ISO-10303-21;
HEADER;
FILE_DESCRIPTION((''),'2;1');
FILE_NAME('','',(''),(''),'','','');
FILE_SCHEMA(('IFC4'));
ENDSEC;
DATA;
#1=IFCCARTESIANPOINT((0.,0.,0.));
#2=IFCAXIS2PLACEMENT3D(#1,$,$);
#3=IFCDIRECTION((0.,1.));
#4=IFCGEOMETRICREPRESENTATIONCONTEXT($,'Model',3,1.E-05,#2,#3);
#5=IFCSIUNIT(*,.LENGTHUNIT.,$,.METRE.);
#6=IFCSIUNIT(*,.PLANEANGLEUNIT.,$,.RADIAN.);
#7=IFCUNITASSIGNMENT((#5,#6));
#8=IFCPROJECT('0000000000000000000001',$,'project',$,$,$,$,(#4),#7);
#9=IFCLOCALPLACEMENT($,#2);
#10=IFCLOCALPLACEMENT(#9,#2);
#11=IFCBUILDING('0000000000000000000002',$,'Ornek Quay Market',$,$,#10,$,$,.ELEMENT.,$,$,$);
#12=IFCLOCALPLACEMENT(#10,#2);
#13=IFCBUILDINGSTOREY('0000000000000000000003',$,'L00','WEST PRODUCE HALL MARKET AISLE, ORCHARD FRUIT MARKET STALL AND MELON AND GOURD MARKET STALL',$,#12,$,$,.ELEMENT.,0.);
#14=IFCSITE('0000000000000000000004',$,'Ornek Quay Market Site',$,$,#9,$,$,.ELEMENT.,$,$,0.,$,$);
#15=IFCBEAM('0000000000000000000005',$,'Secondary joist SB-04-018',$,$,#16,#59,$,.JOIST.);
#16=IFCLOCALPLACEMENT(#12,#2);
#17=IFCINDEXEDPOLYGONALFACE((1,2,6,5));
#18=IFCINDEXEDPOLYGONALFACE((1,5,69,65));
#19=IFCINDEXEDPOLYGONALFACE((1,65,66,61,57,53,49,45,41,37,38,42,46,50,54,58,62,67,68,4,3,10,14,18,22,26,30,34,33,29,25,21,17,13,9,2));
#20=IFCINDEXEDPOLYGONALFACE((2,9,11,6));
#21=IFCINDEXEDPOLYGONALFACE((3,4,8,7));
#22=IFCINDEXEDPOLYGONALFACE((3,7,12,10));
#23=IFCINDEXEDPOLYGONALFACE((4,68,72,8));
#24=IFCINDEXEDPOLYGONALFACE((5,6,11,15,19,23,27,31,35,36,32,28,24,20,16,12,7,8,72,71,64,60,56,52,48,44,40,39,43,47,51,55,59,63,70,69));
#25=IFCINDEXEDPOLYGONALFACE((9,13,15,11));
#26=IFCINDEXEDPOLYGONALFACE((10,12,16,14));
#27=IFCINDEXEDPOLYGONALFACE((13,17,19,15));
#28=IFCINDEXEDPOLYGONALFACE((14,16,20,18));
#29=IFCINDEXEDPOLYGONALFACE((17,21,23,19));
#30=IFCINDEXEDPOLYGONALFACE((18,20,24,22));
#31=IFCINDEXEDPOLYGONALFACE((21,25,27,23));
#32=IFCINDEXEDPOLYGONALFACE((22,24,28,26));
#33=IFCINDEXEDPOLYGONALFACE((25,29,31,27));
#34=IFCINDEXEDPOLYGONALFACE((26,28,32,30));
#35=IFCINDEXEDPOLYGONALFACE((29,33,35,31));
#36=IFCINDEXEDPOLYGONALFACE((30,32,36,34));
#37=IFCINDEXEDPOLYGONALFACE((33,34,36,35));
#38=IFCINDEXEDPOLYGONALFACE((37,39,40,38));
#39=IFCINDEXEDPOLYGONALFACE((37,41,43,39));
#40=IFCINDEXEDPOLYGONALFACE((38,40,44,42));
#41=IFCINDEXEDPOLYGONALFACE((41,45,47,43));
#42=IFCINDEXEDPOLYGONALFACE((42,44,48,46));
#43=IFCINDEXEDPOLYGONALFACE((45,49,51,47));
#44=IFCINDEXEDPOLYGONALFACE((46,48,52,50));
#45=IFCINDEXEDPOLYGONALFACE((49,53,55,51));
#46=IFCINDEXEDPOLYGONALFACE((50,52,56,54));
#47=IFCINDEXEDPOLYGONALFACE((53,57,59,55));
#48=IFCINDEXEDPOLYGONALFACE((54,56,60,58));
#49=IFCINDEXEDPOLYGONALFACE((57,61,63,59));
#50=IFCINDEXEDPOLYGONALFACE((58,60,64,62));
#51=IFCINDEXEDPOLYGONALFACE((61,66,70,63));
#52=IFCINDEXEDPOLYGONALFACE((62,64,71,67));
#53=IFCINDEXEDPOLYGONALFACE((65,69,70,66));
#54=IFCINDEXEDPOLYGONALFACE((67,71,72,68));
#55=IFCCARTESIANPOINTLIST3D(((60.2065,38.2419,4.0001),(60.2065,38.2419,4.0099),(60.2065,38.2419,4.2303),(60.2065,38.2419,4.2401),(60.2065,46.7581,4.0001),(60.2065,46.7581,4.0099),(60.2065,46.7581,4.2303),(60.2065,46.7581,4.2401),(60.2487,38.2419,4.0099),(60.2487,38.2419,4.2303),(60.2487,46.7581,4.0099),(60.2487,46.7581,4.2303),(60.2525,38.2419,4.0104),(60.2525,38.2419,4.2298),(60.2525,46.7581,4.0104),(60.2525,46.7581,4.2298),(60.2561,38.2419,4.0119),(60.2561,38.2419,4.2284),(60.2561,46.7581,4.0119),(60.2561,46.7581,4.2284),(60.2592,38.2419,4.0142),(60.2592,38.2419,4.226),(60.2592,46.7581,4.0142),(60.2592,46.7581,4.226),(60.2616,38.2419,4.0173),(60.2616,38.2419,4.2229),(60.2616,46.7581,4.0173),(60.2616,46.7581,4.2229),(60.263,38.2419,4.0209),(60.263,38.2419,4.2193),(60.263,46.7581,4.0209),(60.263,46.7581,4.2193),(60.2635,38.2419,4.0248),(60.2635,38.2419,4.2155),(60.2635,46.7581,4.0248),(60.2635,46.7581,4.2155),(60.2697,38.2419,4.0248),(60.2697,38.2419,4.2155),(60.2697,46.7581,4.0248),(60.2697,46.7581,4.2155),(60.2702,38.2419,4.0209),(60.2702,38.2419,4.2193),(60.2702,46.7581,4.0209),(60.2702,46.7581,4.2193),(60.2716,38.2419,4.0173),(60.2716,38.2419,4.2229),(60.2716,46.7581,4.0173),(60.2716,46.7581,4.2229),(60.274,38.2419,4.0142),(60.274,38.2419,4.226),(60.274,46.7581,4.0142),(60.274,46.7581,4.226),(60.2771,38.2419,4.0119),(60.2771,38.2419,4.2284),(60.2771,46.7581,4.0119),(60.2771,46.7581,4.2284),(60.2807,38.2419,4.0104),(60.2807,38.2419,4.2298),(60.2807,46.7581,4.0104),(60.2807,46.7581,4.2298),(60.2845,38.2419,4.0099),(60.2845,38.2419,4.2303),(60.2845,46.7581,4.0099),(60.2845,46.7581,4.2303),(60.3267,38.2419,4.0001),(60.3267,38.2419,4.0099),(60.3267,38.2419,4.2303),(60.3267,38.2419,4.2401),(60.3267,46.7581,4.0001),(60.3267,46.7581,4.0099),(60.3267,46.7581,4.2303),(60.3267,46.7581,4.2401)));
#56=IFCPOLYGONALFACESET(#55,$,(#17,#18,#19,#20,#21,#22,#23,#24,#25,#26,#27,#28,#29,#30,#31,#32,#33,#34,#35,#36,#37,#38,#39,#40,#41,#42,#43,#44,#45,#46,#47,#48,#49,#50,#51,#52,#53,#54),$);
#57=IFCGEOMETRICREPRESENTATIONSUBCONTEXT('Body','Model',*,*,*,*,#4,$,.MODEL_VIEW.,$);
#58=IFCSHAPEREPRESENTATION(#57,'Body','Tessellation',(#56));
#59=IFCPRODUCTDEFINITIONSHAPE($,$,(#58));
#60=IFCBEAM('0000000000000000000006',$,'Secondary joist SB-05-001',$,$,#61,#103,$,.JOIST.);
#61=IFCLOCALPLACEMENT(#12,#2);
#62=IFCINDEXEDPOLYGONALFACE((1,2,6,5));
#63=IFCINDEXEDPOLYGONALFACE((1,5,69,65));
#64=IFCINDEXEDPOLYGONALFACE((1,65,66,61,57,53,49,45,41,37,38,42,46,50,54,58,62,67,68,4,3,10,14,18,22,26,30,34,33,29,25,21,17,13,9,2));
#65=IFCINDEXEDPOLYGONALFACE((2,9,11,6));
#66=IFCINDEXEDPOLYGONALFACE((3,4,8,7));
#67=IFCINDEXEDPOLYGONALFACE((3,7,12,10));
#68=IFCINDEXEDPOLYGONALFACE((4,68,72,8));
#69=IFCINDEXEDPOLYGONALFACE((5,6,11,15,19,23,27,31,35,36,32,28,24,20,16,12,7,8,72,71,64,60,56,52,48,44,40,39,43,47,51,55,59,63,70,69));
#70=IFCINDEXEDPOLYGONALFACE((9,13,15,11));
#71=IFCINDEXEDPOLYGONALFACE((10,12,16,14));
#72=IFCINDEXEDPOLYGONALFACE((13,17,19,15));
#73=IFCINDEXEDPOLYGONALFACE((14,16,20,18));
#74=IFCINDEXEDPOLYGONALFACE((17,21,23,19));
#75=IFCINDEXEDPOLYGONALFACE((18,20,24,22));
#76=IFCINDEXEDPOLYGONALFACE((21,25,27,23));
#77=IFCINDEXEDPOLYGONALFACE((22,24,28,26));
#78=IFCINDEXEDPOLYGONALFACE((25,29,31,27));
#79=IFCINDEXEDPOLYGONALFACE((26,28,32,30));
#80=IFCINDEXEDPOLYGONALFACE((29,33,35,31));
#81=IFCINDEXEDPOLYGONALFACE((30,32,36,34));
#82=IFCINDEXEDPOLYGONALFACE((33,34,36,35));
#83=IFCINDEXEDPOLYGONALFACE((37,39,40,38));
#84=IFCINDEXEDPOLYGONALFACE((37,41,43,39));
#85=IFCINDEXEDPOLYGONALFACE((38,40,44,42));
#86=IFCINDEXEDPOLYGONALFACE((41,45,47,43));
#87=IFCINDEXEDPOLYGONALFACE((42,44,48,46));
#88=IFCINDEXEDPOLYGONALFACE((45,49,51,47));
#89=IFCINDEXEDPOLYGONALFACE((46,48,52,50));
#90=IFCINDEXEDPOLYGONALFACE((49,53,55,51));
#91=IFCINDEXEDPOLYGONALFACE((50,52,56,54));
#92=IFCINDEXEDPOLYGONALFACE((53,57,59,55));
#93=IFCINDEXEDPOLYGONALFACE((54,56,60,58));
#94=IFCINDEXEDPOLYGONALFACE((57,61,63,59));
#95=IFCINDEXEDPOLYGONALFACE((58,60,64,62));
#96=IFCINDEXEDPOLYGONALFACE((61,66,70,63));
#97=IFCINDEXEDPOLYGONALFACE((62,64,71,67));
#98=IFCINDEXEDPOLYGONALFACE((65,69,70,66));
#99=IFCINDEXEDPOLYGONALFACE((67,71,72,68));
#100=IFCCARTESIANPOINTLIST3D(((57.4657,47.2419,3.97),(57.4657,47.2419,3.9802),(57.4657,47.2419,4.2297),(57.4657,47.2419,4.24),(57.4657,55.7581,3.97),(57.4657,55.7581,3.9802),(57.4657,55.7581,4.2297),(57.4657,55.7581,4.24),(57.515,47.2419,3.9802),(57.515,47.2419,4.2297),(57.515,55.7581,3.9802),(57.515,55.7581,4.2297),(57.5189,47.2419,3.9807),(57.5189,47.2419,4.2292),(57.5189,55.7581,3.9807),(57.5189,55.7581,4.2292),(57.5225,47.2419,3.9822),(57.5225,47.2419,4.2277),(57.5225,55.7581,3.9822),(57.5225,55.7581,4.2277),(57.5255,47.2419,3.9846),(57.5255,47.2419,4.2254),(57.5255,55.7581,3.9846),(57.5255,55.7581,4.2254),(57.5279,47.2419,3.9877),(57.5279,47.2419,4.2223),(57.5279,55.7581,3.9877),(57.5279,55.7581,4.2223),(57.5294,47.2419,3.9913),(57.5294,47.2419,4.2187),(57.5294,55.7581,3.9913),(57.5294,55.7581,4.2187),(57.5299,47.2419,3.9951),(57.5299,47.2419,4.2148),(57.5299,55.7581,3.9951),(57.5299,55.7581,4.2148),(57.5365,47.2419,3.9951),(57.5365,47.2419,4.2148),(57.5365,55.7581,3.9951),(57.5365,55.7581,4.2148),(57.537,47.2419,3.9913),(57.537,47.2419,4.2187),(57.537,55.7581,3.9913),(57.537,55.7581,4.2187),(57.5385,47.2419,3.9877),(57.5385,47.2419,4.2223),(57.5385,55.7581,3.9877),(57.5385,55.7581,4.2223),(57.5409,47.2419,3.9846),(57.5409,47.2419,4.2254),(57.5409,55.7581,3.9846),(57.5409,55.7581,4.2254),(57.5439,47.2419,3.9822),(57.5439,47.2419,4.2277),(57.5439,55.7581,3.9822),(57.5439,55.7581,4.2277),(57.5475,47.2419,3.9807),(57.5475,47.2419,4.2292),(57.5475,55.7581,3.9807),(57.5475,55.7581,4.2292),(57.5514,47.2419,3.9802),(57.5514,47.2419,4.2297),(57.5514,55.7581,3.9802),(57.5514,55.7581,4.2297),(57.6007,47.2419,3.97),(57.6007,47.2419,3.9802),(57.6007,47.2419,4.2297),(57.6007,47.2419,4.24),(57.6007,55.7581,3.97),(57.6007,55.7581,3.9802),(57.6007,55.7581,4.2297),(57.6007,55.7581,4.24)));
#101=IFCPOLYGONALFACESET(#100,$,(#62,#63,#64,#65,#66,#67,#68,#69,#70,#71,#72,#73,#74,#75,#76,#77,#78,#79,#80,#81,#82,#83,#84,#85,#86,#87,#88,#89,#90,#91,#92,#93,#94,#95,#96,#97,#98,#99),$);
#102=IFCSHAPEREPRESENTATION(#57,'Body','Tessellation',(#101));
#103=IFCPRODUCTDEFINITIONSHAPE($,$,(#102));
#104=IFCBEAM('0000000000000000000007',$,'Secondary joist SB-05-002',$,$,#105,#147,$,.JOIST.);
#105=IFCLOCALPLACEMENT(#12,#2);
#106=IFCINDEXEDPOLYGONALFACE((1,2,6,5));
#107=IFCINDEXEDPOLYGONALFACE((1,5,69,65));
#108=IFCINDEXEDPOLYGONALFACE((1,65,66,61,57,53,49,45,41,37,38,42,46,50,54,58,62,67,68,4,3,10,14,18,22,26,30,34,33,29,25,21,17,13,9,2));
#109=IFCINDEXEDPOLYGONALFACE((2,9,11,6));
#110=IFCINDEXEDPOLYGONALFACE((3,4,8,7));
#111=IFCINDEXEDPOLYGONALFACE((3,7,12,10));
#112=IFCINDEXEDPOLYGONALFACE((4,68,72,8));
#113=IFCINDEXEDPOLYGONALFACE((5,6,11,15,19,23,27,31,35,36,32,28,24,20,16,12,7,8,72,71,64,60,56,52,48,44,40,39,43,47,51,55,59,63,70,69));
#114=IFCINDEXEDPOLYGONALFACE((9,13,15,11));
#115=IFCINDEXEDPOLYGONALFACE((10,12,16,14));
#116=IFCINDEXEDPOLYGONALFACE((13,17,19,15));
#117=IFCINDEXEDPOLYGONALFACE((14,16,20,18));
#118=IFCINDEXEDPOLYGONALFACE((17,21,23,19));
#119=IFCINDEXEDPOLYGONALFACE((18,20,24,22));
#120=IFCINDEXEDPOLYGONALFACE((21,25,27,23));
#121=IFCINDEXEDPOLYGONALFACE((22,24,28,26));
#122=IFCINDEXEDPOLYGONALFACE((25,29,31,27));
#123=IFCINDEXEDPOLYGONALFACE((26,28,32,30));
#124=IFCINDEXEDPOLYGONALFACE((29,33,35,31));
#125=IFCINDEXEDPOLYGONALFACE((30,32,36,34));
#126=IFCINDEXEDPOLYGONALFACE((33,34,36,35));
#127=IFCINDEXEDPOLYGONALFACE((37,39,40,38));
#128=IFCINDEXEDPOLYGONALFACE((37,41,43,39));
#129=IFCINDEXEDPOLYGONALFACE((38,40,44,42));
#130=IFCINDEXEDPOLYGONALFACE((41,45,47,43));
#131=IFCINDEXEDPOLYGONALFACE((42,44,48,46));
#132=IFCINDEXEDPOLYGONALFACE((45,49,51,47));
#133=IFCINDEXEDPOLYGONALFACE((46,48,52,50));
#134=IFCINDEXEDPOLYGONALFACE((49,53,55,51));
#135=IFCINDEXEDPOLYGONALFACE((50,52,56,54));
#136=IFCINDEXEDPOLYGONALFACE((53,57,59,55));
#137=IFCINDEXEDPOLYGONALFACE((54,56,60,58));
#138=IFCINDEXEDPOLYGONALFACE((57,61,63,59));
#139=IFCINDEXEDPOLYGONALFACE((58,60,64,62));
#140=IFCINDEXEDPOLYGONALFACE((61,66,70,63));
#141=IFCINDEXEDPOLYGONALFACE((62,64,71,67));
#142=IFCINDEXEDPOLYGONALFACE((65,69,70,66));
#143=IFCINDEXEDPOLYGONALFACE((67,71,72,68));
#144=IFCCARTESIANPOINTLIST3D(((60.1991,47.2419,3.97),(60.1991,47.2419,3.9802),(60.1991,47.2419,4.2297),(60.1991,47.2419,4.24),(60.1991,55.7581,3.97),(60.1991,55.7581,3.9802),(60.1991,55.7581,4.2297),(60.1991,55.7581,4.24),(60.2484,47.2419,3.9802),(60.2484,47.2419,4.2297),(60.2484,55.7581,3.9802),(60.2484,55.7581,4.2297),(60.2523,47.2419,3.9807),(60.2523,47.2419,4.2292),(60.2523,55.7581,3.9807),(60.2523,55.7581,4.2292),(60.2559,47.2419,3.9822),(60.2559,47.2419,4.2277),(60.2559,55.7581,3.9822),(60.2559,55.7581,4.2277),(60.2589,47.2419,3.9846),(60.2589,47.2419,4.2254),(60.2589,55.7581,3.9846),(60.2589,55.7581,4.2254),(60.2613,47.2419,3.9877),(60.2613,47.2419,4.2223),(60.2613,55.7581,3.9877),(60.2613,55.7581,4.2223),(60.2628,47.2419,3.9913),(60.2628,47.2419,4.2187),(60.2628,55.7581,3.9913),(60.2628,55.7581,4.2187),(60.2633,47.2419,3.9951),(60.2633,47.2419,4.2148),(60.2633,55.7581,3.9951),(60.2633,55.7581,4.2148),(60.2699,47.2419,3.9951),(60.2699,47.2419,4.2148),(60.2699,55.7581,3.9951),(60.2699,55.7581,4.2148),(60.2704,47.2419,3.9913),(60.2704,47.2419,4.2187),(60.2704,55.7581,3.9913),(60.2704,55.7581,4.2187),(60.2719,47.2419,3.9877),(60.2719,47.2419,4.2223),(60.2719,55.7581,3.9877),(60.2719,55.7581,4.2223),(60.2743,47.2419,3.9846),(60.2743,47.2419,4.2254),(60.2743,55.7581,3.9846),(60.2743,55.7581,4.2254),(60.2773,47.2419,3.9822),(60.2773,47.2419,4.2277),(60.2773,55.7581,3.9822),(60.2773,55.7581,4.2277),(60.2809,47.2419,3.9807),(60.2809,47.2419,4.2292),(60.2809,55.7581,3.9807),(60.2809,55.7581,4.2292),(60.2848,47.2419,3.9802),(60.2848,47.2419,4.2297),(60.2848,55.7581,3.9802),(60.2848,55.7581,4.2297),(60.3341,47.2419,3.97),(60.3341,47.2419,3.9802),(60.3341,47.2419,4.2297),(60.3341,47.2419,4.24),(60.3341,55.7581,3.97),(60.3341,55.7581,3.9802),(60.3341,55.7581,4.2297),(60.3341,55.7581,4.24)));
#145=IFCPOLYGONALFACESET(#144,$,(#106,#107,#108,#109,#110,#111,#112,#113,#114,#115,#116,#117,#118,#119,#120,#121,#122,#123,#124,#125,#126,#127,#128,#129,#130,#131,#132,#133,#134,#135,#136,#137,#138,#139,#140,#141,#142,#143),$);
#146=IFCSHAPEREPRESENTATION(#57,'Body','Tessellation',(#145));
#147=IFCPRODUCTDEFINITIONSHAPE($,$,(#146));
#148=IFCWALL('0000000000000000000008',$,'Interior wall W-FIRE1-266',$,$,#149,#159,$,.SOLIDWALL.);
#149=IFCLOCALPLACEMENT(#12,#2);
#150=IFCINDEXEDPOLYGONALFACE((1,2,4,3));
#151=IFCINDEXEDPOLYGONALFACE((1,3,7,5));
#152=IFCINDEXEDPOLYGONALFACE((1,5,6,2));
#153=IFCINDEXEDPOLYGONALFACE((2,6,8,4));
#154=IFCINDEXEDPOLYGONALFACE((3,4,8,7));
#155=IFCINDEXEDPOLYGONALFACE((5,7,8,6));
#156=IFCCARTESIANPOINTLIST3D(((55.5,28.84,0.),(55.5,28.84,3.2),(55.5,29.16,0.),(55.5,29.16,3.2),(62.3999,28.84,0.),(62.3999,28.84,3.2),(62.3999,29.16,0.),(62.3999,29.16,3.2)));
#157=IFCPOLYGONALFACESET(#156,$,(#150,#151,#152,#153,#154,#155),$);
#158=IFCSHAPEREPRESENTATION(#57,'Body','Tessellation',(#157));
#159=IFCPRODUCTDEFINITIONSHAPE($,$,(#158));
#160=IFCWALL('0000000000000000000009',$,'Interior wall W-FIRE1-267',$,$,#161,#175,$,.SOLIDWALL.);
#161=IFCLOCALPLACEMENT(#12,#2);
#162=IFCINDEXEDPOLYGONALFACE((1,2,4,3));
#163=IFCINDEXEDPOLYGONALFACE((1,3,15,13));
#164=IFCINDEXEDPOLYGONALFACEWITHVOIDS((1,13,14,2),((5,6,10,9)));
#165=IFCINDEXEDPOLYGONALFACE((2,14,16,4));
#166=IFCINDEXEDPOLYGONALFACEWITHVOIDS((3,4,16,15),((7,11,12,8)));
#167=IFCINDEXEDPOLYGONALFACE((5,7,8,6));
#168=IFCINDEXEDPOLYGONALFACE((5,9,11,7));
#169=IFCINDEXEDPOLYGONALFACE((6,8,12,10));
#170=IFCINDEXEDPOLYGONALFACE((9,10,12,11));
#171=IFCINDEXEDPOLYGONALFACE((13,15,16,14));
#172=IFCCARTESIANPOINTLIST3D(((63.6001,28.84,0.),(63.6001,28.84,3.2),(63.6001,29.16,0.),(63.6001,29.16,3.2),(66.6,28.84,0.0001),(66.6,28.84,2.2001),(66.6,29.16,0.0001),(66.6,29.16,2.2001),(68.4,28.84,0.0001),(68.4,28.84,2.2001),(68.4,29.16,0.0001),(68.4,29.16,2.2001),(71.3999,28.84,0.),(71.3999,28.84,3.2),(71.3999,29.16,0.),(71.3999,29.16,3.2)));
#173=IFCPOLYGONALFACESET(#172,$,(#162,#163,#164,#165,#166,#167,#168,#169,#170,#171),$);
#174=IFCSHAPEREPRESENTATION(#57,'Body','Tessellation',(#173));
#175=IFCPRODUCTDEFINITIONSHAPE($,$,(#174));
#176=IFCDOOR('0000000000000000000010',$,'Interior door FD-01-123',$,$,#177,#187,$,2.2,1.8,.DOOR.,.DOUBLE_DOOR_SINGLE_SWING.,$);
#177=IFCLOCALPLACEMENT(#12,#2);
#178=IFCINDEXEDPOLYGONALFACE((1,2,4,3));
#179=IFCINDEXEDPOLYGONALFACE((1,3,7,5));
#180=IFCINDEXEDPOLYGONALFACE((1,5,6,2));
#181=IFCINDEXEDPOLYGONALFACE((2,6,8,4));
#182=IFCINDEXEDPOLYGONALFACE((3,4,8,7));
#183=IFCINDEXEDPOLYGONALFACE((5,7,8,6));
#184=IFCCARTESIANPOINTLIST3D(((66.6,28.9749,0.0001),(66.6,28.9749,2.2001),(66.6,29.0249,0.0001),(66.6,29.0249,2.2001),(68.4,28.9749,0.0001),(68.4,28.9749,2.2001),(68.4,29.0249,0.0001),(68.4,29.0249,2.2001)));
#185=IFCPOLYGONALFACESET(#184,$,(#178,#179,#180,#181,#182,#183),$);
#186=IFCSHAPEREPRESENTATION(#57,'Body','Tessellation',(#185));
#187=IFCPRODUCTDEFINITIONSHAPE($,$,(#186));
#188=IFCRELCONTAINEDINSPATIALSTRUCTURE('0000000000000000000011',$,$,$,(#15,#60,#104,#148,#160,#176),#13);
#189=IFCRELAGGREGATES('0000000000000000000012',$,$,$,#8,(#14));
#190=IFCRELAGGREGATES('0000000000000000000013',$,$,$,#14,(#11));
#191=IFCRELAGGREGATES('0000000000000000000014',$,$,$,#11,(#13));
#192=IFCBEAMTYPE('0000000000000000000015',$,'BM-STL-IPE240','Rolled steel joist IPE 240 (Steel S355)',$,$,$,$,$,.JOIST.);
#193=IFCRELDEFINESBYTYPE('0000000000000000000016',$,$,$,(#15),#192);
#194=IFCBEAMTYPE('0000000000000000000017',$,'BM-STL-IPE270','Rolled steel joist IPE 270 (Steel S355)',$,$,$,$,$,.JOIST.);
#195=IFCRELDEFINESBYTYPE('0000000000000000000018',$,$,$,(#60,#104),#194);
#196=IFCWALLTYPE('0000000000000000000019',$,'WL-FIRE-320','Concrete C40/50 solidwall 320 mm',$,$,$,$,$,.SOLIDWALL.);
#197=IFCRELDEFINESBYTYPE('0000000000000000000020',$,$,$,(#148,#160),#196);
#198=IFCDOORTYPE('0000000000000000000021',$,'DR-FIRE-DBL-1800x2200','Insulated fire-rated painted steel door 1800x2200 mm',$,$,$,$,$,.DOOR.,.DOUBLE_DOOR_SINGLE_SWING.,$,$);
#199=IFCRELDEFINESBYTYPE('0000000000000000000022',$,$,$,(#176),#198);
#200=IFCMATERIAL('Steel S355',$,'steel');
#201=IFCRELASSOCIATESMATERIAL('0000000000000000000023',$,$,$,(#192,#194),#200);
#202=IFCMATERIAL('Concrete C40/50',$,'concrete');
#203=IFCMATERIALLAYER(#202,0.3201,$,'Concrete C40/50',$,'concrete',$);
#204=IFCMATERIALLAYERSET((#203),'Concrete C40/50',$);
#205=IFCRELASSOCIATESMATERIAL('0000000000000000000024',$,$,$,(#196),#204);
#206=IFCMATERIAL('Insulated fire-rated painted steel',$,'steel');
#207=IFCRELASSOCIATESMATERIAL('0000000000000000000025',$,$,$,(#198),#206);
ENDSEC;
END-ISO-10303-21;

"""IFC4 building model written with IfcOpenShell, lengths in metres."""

from ifc_helpers import new_model, si_unit, direction, frame, frame_2d, origin, origin_2d, place, context, subcontext, project, spatial, rectangle, i_section, extrude, material, layer, layer_set, material_profile, profile_set, type_object, element, fill, save


model = new_model("IFC4")

# Units and contexts
model_context = context("Model", 3, precision=1e-05, world=origin(), true_north=direction((0.0, 1.0)))
body_context = subcontext(model_context, "Body", "Model", "MODEL_VIEW")
ifc_project = project(units=[si_unit("LENGTHUNIT", "METRE"), si_unit("PLANEANGLEUNIT", "RADIAN")], contexts=[model_context])

# Site, building, storey
site_placement = place(None, origin())
site = spatial("IfcSite", under=ifc_project, at=site_placement, Name="Ornek Quay Market Site", CompositionType="ELEMENT", RefElevation=0.0)
building_placement = place(site_placement, origin())
building = spatial("IfcBuilding", under=site, at=building_placement, Name="Ornek Quay Market", CompositionType="ELEMENT")
storey_placement = place(building_placement, origin())
storey = spatial("IfcBuildingStorey", under=building, at=storey_placement, Name="L00", Description="WEST PRODUCE HALL MARKET AISLE, ORCHARD FRUIT MARKET STALL AND MELON AND GOURD MARKET STALL", CompositionType="ELEMENT", Elevation=0.0)

# Beams
ifc_material_1 = material(Name="Concrete C40/50", Category="concrete")
ifc_material_2 = material(Name="Steel S355", Category="steel")
ifc_material_profile_1 = material_profile(ifc_material_2, i_section(OverallWidth=0.1201, OverallDepth=0.24, WebThickness=0.0061, FlangeThickness=0.0098, FilletRadius=0.0149, at=origin_2d()), Name="IPE 240", Category="steel")
ifc_profile_set_1 = profile_set([ifc_material_profile_1], Name="Steel S355")
beam_type_1 = type_object("IfcBeamType", Name="BM-STL-IPE240", Description="Rolled steel joist IPE 240 (Steel S355)", PredefinedType="JOIST", material=ifc_profile_set_1)
for number, where, z_axis, x_axis, name in (
    (1, (60.2666, 38.2419, 4.1201), (0.0, 1.0, 0.0), (-1.0, 0.0, 0.0), "Secondary joist SB-04-018"),
):
    element("IfcBeam", number, at=place(storey_placement, frame(where, z_axis=z_axis, x_axis=x_axis)), inside=storey, type_object=beam_type_1, Name=name, PredefinedType="JOIST", context=body_context, shape_type="SweptSolid", body=[
        extrude(i_section(OverallWidth=0.1201, OverallDepth=0.24, WebThickness=0.0061, FlangeThickness=0.0098, FilletRadius=0.0149, at=origin_2d()), origin(), (0.0, 0.0, 1.0), 8.5161),
    ])
ifc_material_profile_2 = material_profile(ifc_material_2, i_section(OverallWidth=0.135, OverallDepth=0.27, WebThickness=0.0066, FlangeThickness=0.0103, FilletRadius=0.0149, at=origin_2d()), Name="IPE 270", Category="steel")
ifc_profile_set_2 = profile_set([ifc_material_profile_2], Name="Steel S355")
beam_type_2 = type_object("IfcBeamType", Name="BM-STL-IPE270", Description="Rolled steel joist IPE 270 (Steel S355)", PredefinedType="JOIST", material=ifc_profile_set_2)
for number, where, z_axis, x_axis, name in (
    (2, (57.5332, 47.2419, 4.105), (0.0, 1.0, 0.0), (-1.0, 0.0, 0.0), "Secondary joist SB-05-001"),
    (3, (60.2666, 47.2419, 4.105), (0.0, 1.0, 0.0), (-1.0, 0.0, 0.0), "Secondary joist SB-05-002"),
):
    element("IfcBeam", number, at=place(storey_placement, frame(where, z_axis=z_axis, x_axis=x_axis)), inside=storey, type_object=beam_type_2, Name=name, PredefinedType="JOIST", context=body_context, shape_type="SweptSolid", body=[
        extrude(i_section(OverallWidth=0.135, OverallDepth=0.27, WebThickness=0.0066, FlangeThickness=0.0103, FilletRadius=0.0149, at=origin_2d()), origin(), (0.0, 0.0, 1.0), 8.5161),
    ])

# Wall
ifc_layer_1 = layer(ifc_material_1, 0.3201, Name="Concrete C40/50", Category="concrete")
ifc_layer_set_1 = layer_set([ifc_layer_1], Name="Concrete C40/50")
wall_type_1 = type_object("IfcWallType", Name="WL-FIRE-320", Description="Concrete C40/50 solidwall 320 mm", PredefinedType="SOLIDWALL", material=ifc_layer_set_1)
wall_1_placement = place(storey_placement, frame((55.5, 29.0, 0.0), z_axis=(0.0, 0.0, 1.0), x_axis=(1.0, 0.0, 0.0)))
element("IfcWall", 4, at=wall_1_placement, inside=storey, type_object=wall_type_1, Name="Interior wall W-FIRE1-266", PredefinedType="SOLIDWALL", context=body_context, shape_type="SweptSolid", body=[
    extrude(rectangle(XDim=6.8999, YDim=0.3201, at=frame_2d((3.45, 0.0))), origin(), (0.0, 0.0, 1.0), 3.2),
])

# Wall, opening, door
wall_2_placement = place(storey_placement, frame((63.6001, 29.0, 0.0), z_axis=(0.0, 0.0, 1.0), x_axis=(1.0, 0.0, 0.0)))
wall_2 = element("IfcWall", 5, at=wall_2_placement, inside=storey, type_object=wall_type_1, Name="Interior wall W-FIRE1-267", PredefinedType="SOLIDWALL", context=body_context, shape_type="SweptSolid", body=[
    extrude(rectangle(XDim=7.7998, YDim=0.3201, at=frame_2d((3.8999, 0.0))), origin(), (0.0, 0.0, 1.0), 3.2),
])
opening_placement = place(wall_2_placement, frame((3.0, 0.0, 0.0)))
opening = element("IfcOpeningElement", 6, at=opening_placement, cuts=wall_2, PredefinedType="OPENING", context=body_context, shape_type="SweptSolid", body=[
    extrude(rectangle(XDim=1.8, YDim=2.2, at=frame_2d((0.8999, 1.1001))), frame((0.0, 0.1699, 0.0), z_axis=(0.0, -1.0, 0.0), x_axis=(1.0, 0.0, 0.0)), (0.0, 0.0, 1.0), 0.3401),
])
ifc_material_3 = material(Name="Insulated fire-rated painted steel", Category="steel")
door_type = type_object("IfcDoorType", Name="DR-FIRE-DBL-1800x2200", Description="Insulated fire-rated painted steel door 1800x2200 mm", OperationType="DOUBLE_DOOR_SINGLE_SWING", PredefinedType="DOOR", material=ifc_material_3)
door_placement = place(opening_placement, origin())
door = element("IfcDoor", 7, at=door_placement, inside=storey, type_object=door_type, Name="Interior door FD-01-123", OperationType="DOUBLE_DOOR_SINGLE_SWING", OverallHeight=2.2, OverallWidth=1.8, PredefinedType="DOOR", context=body_context, shape_type="SweptSolid", body=[
    extrude(rectangle(XDim=1.8, YDim=2.2, at=frame_2d((0.8999, 1.1001))), frame((0.0, 0.0249, 0.0), z_axis=(0.0, -1.0, 0.0), x_axis=(1.0, 0.0, 0.0)), (0.0, 0.0, 1.0), 0.05),
])
fill(opening, door)

save(model, "model.ifc")
